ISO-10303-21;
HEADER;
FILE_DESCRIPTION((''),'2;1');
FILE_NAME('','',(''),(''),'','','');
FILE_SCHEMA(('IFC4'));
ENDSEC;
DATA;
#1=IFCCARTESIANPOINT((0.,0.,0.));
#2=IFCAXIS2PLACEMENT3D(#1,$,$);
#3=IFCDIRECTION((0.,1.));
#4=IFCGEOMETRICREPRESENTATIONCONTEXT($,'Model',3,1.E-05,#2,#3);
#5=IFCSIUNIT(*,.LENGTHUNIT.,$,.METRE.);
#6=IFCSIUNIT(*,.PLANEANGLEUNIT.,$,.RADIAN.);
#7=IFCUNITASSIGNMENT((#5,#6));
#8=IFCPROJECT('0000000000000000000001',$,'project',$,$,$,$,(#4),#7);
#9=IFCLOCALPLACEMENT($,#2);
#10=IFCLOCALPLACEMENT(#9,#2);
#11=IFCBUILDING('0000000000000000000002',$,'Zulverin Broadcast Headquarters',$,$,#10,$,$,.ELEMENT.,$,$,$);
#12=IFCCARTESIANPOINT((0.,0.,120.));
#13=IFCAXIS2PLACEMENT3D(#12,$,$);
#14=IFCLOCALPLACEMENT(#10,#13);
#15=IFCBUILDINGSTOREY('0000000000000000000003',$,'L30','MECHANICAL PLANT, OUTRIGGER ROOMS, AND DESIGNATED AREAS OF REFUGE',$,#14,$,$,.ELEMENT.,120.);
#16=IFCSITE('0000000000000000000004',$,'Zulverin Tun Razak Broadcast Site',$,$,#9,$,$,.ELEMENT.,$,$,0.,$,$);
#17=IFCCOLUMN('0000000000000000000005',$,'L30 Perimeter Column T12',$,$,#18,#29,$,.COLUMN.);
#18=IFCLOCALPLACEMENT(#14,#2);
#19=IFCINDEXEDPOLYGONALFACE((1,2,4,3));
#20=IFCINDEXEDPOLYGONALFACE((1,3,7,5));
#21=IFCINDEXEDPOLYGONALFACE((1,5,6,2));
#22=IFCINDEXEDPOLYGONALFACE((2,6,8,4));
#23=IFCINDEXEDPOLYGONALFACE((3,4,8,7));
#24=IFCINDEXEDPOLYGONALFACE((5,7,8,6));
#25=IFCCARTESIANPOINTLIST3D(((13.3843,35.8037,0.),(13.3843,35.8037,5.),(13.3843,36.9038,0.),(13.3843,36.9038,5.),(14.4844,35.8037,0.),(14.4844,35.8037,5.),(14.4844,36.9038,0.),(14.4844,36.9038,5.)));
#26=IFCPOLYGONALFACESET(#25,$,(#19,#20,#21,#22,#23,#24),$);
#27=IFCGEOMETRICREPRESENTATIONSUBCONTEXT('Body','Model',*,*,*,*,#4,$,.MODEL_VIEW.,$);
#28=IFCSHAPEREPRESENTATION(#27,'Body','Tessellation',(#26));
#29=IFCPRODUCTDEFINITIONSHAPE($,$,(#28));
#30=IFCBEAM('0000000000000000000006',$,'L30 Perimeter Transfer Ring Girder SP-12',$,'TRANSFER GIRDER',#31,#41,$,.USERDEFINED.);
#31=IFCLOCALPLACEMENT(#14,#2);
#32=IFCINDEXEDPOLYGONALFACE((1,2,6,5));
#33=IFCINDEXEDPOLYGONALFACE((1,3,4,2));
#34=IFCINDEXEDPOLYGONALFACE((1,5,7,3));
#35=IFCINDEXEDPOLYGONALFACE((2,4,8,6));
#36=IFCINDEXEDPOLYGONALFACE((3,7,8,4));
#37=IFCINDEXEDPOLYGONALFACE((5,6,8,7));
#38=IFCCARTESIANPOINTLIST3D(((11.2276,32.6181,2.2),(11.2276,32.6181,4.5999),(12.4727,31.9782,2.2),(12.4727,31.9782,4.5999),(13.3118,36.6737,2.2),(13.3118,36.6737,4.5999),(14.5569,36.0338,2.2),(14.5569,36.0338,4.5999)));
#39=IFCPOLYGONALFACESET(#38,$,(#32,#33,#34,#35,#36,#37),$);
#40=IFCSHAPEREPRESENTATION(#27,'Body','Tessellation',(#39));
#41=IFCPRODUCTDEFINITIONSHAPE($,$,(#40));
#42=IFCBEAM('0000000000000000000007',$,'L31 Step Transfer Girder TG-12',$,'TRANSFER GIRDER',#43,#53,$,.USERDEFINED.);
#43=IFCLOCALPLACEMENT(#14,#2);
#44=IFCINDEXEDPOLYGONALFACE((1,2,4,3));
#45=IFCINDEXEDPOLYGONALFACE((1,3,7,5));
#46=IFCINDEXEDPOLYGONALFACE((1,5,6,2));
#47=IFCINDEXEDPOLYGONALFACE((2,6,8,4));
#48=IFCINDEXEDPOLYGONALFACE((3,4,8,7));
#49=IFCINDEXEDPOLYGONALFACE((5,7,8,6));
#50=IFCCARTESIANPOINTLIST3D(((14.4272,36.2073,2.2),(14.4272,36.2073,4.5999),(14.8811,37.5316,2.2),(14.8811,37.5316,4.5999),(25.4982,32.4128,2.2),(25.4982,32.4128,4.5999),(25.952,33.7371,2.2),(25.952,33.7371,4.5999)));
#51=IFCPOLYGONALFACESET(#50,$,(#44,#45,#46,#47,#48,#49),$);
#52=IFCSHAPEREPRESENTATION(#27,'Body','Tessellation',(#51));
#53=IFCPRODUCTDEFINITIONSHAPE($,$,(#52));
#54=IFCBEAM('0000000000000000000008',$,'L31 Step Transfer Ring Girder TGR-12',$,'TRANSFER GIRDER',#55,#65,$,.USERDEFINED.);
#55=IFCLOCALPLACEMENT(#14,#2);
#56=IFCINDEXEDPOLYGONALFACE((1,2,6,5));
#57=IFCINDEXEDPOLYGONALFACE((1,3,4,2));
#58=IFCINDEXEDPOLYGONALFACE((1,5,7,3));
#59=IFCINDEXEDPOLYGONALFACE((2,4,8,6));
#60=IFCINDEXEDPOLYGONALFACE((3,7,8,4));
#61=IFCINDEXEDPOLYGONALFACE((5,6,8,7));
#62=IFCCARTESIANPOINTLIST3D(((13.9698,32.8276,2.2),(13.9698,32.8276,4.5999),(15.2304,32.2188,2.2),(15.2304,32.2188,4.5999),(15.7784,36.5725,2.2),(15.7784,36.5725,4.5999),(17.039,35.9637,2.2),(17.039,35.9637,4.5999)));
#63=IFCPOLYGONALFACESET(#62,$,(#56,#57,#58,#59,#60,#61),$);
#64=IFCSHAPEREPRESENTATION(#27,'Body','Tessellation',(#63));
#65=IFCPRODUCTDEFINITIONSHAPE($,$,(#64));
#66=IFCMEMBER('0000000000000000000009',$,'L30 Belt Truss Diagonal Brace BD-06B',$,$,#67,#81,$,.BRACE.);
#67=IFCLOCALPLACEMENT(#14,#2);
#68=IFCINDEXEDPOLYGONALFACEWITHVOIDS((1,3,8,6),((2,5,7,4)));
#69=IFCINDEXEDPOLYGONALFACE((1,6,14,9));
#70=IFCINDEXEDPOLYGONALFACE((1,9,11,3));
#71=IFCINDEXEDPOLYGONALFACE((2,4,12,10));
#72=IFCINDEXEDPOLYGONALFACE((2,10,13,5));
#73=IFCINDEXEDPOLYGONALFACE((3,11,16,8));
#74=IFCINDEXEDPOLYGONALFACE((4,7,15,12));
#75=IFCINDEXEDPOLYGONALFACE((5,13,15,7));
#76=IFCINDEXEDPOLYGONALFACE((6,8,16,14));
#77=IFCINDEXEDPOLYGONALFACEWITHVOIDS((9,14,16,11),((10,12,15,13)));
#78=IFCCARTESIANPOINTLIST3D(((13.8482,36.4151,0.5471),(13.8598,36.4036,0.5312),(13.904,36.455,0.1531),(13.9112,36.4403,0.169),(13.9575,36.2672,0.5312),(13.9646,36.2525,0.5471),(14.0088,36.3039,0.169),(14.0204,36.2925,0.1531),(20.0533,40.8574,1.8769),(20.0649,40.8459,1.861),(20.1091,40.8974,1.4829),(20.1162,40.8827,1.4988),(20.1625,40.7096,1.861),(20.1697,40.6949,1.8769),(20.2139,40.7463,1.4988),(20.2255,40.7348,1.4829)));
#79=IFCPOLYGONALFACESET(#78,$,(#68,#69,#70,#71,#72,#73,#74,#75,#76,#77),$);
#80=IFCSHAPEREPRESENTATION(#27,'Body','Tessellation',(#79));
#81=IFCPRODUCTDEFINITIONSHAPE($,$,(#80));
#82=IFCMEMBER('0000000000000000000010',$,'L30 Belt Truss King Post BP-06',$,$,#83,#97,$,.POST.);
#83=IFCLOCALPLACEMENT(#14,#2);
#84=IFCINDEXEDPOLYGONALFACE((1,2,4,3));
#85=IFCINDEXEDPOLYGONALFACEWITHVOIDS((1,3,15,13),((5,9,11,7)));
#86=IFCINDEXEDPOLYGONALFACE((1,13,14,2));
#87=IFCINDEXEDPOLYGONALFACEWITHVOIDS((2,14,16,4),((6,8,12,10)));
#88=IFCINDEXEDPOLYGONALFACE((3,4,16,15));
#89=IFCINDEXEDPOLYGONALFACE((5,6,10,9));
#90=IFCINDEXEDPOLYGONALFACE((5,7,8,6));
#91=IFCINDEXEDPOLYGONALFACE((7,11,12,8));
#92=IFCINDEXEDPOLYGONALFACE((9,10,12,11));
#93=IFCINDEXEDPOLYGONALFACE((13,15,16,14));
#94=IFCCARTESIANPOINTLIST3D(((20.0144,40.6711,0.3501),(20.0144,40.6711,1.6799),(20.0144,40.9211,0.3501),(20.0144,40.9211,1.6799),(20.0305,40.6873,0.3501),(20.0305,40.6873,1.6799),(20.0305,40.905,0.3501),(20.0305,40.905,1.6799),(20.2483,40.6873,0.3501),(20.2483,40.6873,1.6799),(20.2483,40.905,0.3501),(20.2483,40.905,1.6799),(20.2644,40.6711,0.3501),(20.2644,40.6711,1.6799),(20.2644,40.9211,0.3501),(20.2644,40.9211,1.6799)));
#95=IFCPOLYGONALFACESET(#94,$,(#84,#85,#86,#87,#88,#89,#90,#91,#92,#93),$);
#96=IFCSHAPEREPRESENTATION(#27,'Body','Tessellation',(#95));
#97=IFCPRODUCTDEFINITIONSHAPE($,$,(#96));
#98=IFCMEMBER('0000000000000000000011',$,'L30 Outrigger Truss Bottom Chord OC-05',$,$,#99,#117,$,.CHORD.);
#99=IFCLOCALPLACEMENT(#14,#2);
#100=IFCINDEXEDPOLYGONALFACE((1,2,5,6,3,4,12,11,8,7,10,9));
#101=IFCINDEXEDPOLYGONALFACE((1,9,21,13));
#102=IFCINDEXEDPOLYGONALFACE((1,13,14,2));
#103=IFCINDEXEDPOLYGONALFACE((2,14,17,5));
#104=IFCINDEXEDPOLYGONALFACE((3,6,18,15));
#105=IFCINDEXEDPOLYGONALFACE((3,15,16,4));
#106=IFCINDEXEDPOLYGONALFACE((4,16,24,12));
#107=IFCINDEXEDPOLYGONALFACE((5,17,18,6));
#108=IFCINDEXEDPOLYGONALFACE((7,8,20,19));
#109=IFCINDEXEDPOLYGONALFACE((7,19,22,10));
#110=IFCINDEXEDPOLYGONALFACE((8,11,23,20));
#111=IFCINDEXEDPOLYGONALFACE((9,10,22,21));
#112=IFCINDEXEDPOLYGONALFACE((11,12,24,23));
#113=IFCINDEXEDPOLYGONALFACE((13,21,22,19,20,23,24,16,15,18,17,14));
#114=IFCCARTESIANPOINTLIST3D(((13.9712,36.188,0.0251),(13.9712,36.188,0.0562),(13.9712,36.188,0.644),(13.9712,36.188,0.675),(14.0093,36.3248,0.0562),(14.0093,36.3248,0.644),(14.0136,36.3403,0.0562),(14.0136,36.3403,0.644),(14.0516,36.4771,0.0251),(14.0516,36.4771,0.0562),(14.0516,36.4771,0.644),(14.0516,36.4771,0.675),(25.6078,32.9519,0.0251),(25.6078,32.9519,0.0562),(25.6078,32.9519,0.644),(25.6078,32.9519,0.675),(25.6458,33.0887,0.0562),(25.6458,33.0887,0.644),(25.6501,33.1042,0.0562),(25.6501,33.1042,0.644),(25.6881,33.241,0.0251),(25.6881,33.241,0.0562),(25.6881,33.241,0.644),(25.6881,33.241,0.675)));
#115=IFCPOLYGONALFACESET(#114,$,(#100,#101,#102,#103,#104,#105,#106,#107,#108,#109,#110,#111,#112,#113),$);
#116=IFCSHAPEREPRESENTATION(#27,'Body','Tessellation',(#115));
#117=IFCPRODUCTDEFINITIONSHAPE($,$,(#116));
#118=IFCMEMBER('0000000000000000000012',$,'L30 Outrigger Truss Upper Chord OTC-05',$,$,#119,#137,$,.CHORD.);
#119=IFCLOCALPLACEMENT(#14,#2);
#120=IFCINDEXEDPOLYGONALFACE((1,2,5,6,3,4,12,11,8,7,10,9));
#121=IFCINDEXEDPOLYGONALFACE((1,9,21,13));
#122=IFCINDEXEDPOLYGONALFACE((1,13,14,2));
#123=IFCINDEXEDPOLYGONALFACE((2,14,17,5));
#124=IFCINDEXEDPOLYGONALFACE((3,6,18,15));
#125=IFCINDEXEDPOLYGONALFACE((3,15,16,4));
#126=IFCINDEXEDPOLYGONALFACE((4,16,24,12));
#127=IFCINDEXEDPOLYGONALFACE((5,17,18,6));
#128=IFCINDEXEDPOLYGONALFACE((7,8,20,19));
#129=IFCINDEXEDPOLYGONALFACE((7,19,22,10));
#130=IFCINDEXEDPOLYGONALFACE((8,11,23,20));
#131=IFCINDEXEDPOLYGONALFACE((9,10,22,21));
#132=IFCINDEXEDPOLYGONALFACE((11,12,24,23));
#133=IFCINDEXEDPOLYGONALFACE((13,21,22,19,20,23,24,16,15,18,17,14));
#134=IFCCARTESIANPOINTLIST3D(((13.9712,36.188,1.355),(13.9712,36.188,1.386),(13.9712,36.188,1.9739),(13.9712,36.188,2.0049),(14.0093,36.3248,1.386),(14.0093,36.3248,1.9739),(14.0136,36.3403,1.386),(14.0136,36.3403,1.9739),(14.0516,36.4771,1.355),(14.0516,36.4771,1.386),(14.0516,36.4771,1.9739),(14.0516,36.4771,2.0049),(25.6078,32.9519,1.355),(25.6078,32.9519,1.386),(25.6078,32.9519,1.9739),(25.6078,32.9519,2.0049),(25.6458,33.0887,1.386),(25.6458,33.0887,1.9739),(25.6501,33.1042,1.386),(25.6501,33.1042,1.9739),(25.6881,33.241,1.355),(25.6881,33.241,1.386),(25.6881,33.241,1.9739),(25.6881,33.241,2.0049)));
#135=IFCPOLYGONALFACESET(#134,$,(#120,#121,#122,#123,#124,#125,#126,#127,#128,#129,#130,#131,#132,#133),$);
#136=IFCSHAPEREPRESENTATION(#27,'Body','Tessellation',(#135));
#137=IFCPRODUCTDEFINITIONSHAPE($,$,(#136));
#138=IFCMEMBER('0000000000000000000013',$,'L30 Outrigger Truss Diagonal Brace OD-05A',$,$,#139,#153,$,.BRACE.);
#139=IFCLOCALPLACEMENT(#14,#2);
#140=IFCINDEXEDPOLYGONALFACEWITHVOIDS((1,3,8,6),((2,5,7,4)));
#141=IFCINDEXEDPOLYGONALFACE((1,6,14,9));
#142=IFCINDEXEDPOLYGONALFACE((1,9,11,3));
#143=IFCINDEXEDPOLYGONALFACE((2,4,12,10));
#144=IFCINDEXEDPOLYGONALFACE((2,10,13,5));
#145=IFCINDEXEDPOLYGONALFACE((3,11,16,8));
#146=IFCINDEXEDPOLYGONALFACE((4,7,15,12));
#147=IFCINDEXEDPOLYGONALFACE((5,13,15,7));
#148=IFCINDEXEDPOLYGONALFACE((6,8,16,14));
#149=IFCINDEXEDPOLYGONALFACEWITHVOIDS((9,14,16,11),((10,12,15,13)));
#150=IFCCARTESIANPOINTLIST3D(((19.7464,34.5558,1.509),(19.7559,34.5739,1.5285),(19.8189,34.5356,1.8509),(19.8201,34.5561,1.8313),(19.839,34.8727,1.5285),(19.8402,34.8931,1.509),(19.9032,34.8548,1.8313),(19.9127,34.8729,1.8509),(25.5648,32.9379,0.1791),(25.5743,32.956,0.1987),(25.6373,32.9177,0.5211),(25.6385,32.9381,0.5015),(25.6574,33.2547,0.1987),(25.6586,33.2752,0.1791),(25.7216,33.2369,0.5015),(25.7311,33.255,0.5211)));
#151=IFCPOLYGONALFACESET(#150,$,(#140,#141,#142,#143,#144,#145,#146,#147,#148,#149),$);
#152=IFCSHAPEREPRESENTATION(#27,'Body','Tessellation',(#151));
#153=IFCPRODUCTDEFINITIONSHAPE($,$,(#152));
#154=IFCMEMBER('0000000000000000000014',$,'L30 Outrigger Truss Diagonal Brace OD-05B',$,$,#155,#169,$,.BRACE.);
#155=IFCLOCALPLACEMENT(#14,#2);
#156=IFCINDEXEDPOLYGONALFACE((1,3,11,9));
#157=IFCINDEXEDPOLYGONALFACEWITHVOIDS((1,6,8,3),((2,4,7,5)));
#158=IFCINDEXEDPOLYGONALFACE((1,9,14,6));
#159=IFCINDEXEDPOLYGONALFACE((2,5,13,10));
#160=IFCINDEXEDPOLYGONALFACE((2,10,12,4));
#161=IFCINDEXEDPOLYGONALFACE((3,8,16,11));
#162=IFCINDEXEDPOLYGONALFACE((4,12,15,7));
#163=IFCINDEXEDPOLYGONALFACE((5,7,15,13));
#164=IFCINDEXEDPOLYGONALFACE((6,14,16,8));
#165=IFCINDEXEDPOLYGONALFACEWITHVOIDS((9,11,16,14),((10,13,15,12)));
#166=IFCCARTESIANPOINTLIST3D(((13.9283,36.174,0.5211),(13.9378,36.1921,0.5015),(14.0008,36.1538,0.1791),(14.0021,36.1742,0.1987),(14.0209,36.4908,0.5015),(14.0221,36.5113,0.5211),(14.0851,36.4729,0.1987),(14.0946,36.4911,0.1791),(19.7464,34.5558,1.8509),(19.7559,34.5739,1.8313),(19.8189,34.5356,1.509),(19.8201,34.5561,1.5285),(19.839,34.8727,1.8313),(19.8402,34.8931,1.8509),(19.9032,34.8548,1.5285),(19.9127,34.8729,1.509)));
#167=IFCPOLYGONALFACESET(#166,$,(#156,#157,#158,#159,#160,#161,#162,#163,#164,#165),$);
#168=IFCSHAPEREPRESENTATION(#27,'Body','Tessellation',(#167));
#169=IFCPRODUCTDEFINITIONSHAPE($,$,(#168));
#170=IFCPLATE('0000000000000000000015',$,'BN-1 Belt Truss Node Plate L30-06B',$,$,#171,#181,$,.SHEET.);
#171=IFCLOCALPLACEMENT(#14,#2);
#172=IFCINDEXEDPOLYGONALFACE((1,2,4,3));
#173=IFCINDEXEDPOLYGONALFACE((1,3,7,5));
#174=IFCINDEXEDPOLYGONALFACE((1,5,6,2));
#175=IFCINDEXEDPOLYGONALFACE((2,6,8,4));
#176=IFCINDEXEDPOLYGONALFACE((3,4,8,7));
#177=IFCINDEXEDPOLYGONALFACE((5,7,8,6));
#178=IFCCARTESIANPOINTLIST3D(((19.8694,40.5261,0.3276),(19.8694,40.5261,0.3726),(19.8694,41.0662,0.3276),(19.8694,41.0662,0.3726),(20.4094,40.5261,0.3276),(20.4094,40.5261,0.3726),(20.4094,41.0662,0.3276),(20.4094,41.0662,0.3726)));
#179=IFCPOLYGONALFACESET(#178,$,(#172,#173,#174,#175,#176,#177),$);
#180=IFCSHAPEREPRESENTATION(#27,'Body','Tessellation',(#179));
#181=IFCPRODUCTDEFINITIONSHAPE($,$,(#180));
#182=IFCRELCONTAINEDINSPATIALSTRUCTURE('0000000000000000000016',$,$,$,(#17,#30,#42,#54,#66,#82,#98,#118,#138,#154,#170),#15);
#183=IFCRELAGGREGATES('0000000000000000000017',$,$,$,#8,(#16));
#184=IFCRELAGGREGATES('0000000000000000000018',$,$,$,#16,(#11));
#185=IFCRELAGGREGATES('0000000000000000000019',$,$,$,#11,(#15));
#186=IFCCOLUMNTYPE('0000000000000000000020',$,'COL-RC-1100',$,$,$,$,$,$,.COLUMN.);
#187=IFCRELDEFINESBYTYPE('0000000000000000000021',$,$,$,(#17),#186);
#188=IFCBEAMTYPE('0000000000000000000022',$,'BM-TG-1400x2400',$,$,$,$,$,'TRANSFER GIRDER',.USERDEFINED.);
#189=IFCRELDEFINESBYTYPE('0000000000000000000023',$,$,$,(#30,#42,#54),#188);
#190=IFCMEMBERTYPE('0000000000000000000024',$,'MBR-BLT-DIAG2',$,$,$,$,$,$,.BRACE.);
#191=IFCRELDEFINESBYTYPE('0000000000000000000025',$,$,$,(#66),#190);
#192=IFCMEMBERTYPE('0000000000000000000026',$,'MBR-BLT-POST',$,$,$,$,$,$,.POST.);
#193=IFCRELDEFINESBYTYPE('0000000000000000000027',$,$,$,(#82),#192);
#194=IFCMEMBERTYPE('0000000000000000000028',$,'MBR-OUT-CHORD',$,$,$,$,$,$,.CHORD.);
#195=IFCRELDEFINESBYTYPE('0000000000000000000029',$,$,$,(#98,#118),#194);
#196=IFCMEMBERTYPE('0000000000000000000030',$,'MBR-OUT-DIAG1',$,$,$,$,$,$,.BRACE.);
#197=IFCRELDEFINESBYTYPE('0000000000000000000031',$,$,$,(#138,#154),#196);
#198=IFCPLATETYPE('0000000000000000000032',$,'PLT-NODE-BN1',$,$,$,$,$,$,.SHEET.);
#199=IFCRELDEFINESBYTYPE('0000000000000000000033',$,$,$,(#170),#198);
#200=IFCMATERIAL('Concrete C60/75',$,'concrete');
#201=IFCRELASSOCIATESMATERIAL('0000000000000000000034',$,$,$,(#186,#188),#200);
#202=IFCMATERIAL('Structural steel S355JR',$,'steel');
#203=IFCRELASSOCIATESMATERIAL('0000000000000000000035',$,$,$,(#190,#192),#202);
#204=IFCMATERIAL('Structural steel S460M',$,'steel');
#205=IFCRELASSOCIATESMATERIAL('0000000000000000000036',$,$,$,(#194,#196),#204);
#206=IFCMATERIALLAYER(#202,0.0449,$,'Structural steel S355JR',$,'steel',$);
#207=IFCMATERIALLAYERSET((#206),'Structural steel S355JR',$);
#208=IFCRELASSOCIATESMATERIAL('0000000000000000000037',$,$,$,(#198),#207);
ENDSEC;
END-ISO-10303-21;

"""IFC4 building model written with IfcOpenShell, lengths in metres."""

from ifc_helpers import new_model, si_unit, direction, frame, origin, origin_2d, place, context, subcontext, project, spatial, rectangle, hollow_rectangle, i_section, extrude, material, layer, layer_set, material_profile, profile_set, type_object, element, save


model = new_model("IFC4")

# Units and contexts
model_context = context("Model", 3, precision=1e-05, world=origin(), true_north=direction((0.0, 1.0)))
body_context = subcontext(model_context, "Body", "Model", "MODEL_VIEW")
ifc_project = project(units=[si_unit("LENGTHUNIT", "METRE"), si_unit("PLANEANGLEUNIT", "RADIAN")], contexts=[model_context])

# Site, building, storey
site_placement = place(None, origin())
site = spatial("IfcSite", under=ifc_project, at=site_placement, Name="Zulverin Tun Razak Broadcast Site", CompositionType="ELEMENT", RefElevation=0.0)
building_placement = place(site_placement, origin())
building = spatial("IfcBuilding", under=site, at=building_placement, Name="Zulverin Broadcast Headquarters", CompositionType="ELEMENT")
storey_placement = place(building_placement, frame((0.0, 0.0, 120.0)))
storey = spatial("IfcBuildingStorey", under=building, at=storey_placement, Name="L30", Description="MECHANICAL PLANT, OUTRIGGER ROOMS, AND DESIGNATED AREAS OF REFUGE", CompositionType="ELEMENT", Elevation=120.0)

# Column
ifc_material_1 = material(Name="Concrete C60/75", Category="concrete")
ifc_material_profile_1 = material_profile(ifc_material_1, rectangle(XDim=1.1001, YDim=1.1001, at=origin_2d()), Name="Concrete C60/75", Category="concrete")
ifc_profile_set_1 = profile_set([ifc_material_profile_1], Name="Concrete C60/75")
column_type = type_object("IfcColumnType", Name="COL-RC-1100", PredefinedType="COLUMN", material=ifc_profile_set_1)
column_placement = place(storey_placement, frame((13.9343, 36.3538, 0.0), z_axis=(0.0, 0.0, 1.0), x_axis=(1.0, 0.0, 0.0)))
element("IfcColumn", 1, at=column_placement, inside=storey, type_object=column_type, Name="L30 Perimeter Column T12", PredefinedType="COLUMN", context=body_context, shape_type="SweptSolid", body=[
    extrude(rectangle(XDim=1.1001, YDim=1.1001, at=origin_2d()), origin(), (0.0, 0.0, 1.0), 5.0),
])

# Beams
ifc_material_profile_2 = material_profile(ifc_material_1, rectangle(XDim=1.3999, YDim=2.3999, at=origin_2d()), Name="Concrete C60/75", Category="concrete")
ifc_profile_set_2 = profile_set([ifc_material_profile_2], Name="Concrete C60/75")
beam_type = type_object("IfcBeamType", Name="BM-TG-1400x2400", ElementType="TRANSFER GIRDER", PredefinedType="USERDEFINED", material=ifc_profile_set_2)
beam_1_placement = place(storey_placement, frame((13.9343, 36.3538, 3.3999), z_axis=(-0.457081, -0.889425, 0.0), x_axis=(0.889425, -0.457081, 0.0)))
element("IfcBeam", 2, at=beam_1_placement, inside=storey, type_object=beam_type, Name="L30 Perimeter Transfer Ring Girder SP-12", ObjectType="TRANSFER GIRDER", PredefinedType="USERDEFINED", context=body_context, shape_type="SweptSolid", body=[
    extrude(rectangle(XDim=1.3999, YDim=2.3999, at=origin_2d()), origin(), (0.0, 0.0, 1.0), 4.5598),
])
beam_2_placement = place(storey_placement, frame((25.7251, 33.075, 3.3999), z_axis=(-0.945979, 0.324227, 0.0), x_axis=(-0.324227, -0.945979, 0.0)))
element("IfcBeam", 3, at=beam_2_placement, inside=storey, type_object=beam_type, Name="L31 Step Transfer Girder TG-12", ObjectType="TRANSFER GIRDER", PredefinedType="USERDEFINED", context=body_context, shape_type="SweptSolid", body=[
    extrude(rectangle(XDim=1.3999, YDim=2.3999, at=origin_2d()), origin(), (0.0, 0.0, 1.0), 11.7031),
])
beam_3_placement = place(storey_placement, frame((16.4087, 36.2681, 3.3999), z_axis=(-0.43489, -0.900483, 0.0), x_axis=(0.900483, -0.43489, 0.0)))
element("IfcBeam", 4, at=beam_3_placement, inside=storey, type_object=beam_type, Name="L31 Step Transfer Ring Girder TGR-12", ObjectType="TRANSFER GIRDER", PredefinedType="USERDEFINED", context=body_context, shape_type="SweptSolid", body=[
    extrude(rectangle(XDim=1.3999, YDim=2.3999, at=origin_2d()), origin(), (0.0, 0.0, 1.0), 4.1587),
])

# Members
ifc_material_2 = material(Name="Structural steel S355JR", Category="steel")
ifc_material_profile_3 = material_profile(ifc_material_2, hollow_rectangle(XDim=0.2, YDim=0.3999, WallThickness=0.0161, at=origin_2d()), Name="Structural steel S355JR", Category="steel")
ifc_profile_set_3 = profile_set([ifc_material_profile_3], Name="Structural steel S355JR")
member_type_1 = type_object("IfcMemberType", Name="MBR-BLT-DIAG2", PredefinedType="BRACE", material=ifc_profile_set_3)
member_1_placement = place(storey_placement, frame((13.9343, 36.3538, 0.3501), z_axis=(0.801031, 0.573479, 0.171672), x_axis=(-0.582122, 0.813102, 0.0)))
element("IfcMember", 5, at=member_1_placement, inside=storey, type_object=member_type_1, Name="L30 Belt Truss Diagonal Brace BD-06B", PredefinedType="BRACE", context=body_context, shape_type="SweptSolid", body=[
    extrude(hollow_rectangle(XDim=0.2, YDim=0.3999, WallThickness=0.0161, at=origin_2d()), origin(), (0.0, 0.0, 1.0), 7.7463),
])
ifc_material_profile_4 = material_profile(ifc_material_2, hollow_rectangle(XDim=0.25, YDim=0.25, WallThickness=0.0161, at=origin_2d()), Name="Structural steel S355JR", Category="steel")
ifc_profile_set_4 = profile_set([ifc_material_profile_4], Name="Structural steel S355JR")
member_type_2 = type_object("IfcMemberType", Name="MBR-BLT-POST", PredefinedType="POST", material=ifc_profile_set_4)
member_2_placement = place(storey_placement, frame((20.1394, 40.7961, 0.3501), z_axis=(0.0, 0.0, 1.0), x_axis=(1.0, 0.0, 0.0)))
element("IfcMember", 6, at=member_2_placement, inside=storey, type_object=member_type_2, Name="L30 Belt Truss King Post BP-06", PredefinedType="POST", context=body_context, shape_type="SweptSolid", body=[
    extrude(hollow_rectangle(XDim=0.25, YDim=0.25, WallThickness=0.0161, at=origin_2d()), origin(), (0.0, 0.0, 1.0), 1.3298),
])
ifc_material_3 = material(Name="Structural steel S460M", Category="steel")
ifc_material_profile_5 = material_profile(ifc_material_3, i_section(OverallWidth=0.3, OverallDepth=0.6499, WebThickness=0.0161, FlangeThickness=0.031, at=origin_2d()), Name="Structural steel S460M", Category="steel")
ifc_profile_set_5 = profile_set([ifc_material_profile_5], Name="Structural steel S460M")
member_type_3 = type_object("IfcMemberType", Name="MBR-OUT-CHORD", PredefinedType="CHORD", material=ifc_profile_set_5)
for number, where, z_axis, x_axis, name in (
    (7, (25.6479, 33.0964, 0.3501), (-0.963438, 0.267931, 0.0), (-0.267931, -0.963438, 0.0), "L30 Outrigger Truss Bottom Chord OC-05"),
    (8, (25.6479, 33.0964, 1.6799), (-0.963438, 0.267931, 0.0), (-0.267931, -0.963438, 0.0), "L30 Outrigger Truss Upper Chord OTC-05"),
):
    element("IfcMember", number, at=place(storey_placement, frame(where, z_axis=z_axis, x_axis=x_axis)), inside=storey, type_object=member_type_3, Name=name, PredefinedType="CHORD", context=body_context, shape_type="SweptSolid", body=[
        extrude(i_section(OverallWidth=0.3, OverallDepth=0.6499, WebThickness=0.0161, FlangeThickness=0.031, at=origin_2d()), origin(), (0.0, 0.0, 1.0), 12.0781),
    ])
ifc_material_profile_6 = material_profile(ifc_material_3, hollow_rectangle(XDim=0.3501, YDim=0.3501, WallThickness=0.02, at=origin_2d()), Name="Structural steel S460M", Category="steel")
ifc_profile_set_6 = profile_set([ifc_material_profile_6], Name="Structural steel S460M")
member_type_4 = type_object("IfcMemberType", Name="MBR-OUT-DIAG1", PredefinedType="BRACE", material=ifc_profile_set_6)
member_3_placement = place(storey_placement, frame((25.6479, 33.0964, 0.3501), z_axis=(-0.940903, 0.261638, 0.215051), x_axis=(-0.267907, -0.963445, 0.0)))
element("IfcMember", 9, at=member_3_placement, inside=storey, type_object=member_type_4, Name="L30 Outrigger Truss Diagonal Brace OD-05A", PredefinedType="BRACE", context=body_context, shape_type="SweptSolid", body=[
    extrude(hollow_rectangle(XDim=0.3501, YDim=0.3501, WallThickness=0.02, at=origin_2d()), origin(), (0.0, 0.0, 1.0), 6.1838),
])
member_4_placement = place(storey_placement, frame((14.0115, 36.3325, 0.3501), z_axis=(0.940889, -0.261685, 0.215057), x_axis=(0.267955, 0.963432, 0.0)))
element("IfcMember", 10, at=member_4_placement, inside=storey, type_object=member_type_4, Name="L30 Outrigger Truss Diagonal Brace OD-05B", PredefinedType="BRACE", context=body_context, shape_type="SweptSolid", body=[
    extrude(hollow_rectangle(XDim=0.3501, YDim=0.3501, WallThickness=0.02, at=origin_2d()), origin(), (0.0, 0.0, 1.0), 6.1836),
])

# Plate
ifc_layer_1 = layer(ifc_material_2, 0.0449, Name="Structural steel S355JR", Category="steel")
ifc_layer_set_1 = layer_set([ifc_layer_1], Name="Structural steel S355JR")
plate_type_1 = type_object("IfcPlateType", Name="PLT-NODE-BN1", PredefinedType="SHEET", material=ifc_layer_set_1)
for number, where, z_axis, x_axis, name in (
    (11, (20.1394, 40.7961, 0.3276), (0.0, 0.0, 1.0), (1.0, 0.0, 0.0), "BN-1 Belt Truss Node Plate L30-06B"),
):
    element("IfcPlate", number, at=place(storey_placement, frame(where, z_axis=z_axis, x_axis=x_axis)), inside=storey, type_object=plate_type_1, Name=name, PredefinedType="SHEET", context=body_context, shape_type="SweptSolid", body=[
        extrude(rectangle(XDim=0.54, YDim=0.54, at=origin_2d()), origin(), (0.0, 0.0, 1.0), 0.0449),
    ])

save(model, "model.ifc")
